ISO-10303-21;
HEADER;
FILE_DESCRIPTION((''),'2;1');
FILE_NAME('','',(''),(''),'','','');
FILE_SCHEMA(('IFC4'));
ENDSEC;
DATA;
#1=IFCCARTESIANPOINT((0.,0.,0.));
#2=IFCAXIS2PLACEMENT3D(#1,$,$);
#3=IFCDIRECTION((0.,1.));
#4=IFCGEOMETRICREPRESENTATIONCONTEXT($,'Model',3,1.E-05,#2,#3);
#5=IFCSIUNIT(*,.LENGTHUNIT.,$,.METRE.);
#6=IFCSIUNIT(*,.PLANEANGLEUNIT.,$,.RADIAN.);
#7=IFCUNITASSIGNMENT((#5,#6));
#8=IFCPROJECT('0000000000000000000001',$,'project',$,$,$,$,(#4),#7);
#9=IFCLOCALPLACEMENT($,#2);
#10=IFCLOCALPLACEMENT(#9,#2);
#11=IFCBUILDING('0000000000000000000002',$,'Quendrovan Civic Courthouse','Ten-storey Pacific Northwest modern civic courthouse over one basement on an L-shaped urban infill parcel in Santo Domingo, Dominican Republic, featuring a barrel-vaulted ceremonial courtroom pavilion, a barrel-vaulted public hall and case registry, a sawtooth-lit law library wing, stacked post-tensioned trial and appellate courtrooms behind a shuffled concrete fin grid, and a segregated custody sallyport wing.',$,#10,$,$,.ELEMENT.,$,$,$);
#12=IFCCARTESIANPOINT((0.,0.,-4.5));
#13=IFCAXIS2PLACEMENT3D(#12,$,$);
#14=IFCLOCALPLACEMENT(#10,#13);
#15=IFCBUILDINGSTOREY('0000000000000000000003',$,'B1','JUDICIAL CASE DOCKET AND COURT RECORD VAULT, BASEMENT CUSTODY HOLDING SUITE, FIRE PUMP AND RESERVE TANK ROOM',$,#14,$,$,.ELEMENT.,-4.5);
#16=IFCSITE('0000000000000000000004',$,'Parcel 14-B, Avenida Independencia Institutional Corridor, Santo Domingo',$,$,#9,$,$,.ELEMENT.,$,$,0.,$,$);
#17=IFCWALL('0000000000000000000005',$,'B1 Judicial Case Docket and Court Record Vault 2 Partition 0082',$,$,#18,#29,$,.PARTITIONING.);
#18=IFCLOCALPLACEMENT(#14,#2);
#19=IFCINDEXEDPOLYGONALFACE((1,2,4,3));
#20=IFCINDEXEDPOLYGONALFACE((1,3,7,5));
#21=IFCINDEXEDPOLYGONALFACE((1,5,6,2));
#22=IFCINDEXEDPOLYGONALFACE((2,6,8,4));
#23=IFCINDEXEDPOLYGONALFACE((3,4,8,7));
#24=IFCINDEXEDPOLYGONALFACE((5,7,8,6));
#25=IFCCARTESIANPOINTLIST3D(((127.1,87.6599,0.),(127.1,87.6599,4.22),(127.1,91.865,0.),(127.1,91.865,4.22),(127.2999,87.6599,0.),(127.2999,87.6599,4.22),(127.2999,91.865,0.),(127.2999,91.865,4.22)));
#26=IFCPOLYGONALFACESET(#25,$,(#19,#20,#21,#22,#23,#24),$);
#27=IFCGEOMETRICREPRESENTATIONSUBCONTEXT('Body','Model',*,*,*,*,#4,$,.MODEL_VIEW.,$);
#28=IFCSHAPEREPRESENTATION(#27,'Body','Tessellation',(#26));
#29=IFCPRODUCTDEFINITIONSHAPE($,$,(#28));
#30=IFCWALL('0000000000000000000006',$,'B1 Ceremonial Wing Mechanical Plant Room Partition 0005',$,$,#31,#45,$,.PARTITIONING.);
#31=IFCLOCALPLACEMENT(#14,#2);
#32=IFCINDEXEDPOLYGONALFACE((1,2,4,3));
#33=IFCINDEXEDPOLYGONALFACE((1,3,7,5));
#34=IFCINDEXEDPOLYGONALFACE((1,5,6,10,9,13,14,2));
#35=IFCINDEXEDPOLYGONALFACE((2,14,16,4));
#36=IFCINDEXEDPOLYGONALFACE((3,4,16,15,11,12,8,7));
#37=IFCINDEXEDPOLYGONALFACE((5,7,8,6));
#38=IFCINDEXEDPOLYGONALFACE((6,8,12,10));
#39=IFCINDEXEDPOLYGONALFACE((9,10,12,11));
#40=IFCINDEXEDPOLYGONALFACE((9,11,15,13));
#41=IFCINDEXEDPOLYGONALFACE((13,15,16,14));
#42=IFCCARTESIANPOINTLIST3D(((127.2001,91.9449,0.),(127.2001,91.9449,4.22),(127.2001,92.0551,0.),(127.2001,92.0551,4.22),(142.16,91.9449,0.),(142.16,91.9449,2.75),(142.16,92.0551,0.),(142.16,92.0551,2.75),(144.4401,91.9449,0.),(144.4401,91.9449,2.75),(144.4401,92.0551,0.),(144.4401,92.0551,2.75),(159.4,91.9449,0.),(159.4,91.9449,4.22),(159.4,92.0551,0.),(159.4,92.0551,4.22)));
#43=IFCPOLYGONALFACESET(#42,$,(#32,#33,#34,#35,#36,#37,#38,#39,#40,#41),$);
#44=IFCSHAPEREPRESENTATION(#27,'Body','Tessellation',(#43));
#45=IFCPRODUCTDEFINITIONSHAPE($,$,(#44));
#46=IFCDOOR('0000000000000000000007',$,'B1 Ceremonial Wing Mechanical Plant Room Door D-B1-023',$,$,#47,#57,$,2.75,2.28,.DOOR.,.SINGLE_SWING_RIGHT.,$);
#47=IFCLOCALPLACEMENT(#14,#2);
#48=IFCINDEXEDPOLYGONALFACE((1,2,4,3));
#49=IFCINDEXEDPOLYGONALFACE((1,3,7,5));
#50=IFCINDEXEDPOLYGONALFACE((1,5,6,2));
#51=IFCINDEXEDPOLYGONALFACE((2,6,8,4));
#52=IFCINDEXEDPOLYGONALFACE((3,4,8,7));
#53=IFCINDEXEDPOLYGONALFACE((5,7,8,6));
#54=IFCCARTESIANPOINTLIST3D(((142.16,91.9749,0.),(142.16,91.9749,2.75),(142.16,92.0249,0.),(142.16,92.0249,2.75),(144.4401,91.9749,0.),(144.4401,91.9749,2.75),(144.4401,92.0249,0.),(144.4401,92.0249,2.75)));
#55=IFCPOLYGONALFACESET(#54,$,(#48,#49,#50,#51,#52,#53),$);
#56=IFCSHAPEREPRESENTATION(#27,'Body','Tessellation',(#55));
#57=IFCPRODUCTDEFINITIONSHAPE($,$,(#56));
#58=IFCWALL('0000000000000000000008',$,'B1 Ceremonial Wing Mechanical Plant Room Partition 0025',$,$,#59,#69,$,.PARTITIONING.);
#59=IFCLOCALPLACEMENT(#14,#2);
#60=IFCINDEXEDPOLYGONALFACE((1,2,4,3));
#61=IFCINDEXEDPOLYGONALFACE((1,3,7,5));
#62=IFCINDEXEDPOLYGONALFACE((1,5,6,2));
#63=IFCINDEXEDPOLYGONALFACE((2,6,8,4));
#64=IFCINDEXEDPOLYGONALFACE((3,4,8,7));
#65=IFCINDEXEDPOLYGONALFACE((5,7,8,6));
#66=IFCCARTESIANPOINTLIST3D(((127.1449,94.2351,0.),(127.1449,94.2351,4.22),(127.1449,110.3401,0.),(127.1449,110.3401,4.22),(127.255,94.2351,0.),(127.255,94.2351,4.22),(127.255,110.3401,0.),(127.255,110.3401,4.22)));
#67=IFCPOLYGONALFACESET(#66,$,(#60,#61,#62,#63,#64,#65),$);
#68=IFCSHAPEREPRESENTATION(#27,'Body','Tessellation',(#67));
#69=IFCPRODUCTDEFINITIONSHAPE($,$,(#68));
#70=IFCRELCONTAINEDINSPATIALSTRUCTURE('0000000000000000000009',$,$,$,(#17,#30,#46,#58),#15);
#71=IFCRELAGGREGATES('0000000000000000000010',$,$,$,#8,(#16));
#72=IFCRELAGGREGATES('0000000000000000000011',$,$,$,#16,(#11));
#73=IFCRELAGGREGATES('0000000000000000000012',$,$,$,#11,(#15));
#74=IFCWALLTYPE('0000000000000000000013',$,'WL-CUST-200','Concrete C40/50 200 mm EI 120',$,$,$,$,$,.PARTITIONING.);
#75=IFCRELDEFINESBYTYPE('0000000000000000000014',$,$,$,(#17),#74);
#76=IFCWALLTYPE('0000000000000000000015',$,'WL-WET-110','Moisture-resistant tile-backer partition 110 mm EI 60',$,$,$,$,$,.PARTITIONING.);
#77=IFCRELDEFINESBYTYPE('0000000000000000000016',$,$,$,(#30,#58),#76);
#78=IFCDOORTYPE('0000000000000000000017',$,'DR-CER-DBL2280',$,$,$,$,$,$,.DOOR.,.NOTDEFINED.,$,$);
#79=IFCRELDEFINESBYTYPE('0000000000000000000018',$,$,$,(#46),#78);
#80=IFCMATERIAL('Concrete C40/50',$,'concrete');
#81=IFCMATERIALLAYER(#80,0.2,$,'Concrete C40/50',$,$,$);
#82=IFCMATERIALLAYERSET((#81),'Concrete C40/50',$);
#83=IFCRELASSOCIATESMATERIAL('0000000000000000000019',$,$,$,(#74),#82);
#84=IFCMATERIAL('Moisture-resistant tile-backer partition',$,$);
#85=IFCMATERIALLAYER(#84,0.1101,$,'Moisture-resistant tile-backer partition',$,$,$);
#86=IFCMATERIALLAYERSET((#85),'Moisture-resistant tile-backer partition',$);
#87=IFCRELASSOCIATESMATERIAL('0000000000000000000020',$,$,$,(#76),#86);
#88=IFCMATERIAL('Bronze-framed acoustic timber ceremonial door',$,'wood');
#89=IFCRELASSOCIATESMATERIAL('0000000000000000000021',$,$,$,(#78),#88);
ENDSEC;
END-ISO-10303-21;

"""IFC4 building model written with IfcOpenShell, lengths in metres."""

from ifc_helpers import new_model, si_unit, direction, frame, frame_2d, origin, place, context, subcontext, project, spatial, rectangle, extrude, material, layer, layer_set, type_object, element, fill, save


model = new_model("IFC4")

# Units and contexts
model_context = context("Model", 3, precision=1e-05, world=origin(), true_north=direction((0.0, 1.0)))
body_context = subcontext(model_context, "Body", "Model", "MODEL_VIEW")
ifc_project = project(units=[si_unit("LENGTHUNIT", "METRE"), si_unit("PLANEANGLEUNIT", "RADIAN")], contexts=[model_context])

# Site, building, storey
site_placement = place(None, origin())
site = spatial("IfcSite", under=ifc_project, at=site_placement, Name="Parcel 14-B, Avenida Independencia Institutional Corridor, Santo Domingo", CompositionType="ELEMENT", RefElevation=0.0)
building_placement = place(site_placement, origin())
building = spatial("IfcBuilding", under=site, at=building_placement, Name="Quendrovan Civic Courthouse", Description="Ten-storey Pacific Northwest modern civic courthouse over one basement on an L-shaped urban infill parcel in Santo Domingo, Dominican Republic, featuring a barrel-vaulted ceremonial courtroom pavilion, a barrel-vaulted public hall and case registry, a sawtooth-lit law library wing, stacked post-tensioned trial and appellate courtrooms behind a shuffled concrete fin grid, and a segregated custody sallyport wing.", CompositionType="ELEMENT")
storey_placement = place(building_placement, frame((0.0, 0.0, -4.5)))
storey = spatial("IfcBuildingStorey", under=building, at=storey_placement, Name="B1", Description="JUDICIAL CASE DOCKET AND COURT RECORD VAULT, BASEMENT CUSTODY HOLDING SUITE, FIRE PUMP AND RESERVE TANK ROOM", CompositionType="ELEMENT", Elevation=-4.5)

# Shared definitions
ifc_material_1 = material(Name="Concrete C40/50", Category="concrete")

# Wall
ifc_layer_1 = layer(ifc_material_1, 0.2, Name="Concrete C40/50")
ifc_layer_set_1 = layer_set([ifc_layer_1], Name="Concrete C40/50")
wall_type_1 = type_object("IfcWallType", Name="WL-CUST-200", Description="Concrete C40/50 200 mm EI 120", PredefinedType="PARTITIONING", material=ifc_layer_set_1)
wall_1_placement = place(storey_placement, frame((127.2, 91.865, 0.0), z_axis=(0.0, 0.0, 1.0), x_axis=(0.0, -1.0, 0.0)))
element("IfcWall", 1, at=wall_1_placement, inside=storey, type_object=wall_type_1, Name="B1 Judicial Case Docket and Court Record Vault 2 Partition 0082", PredefinedType="PARTITIONING", context=body_context, shape_type="SweptSolid", body=[
    extrude(rectangle(XDim=4.2051, YDim=0.2, at=frame_2d((2.1025, 0.0))), origin(), (0.0, 0.0, 1.0), 4.22),
])

# Wall, opening, door
ifc_material_2 = material(Name="Moisture-resistant tile-backer partition")
ifc_layer_2 = layer(ifc_material_2, 0.1101, Name="Moisture-resistant tile-backer partition")
ifc_layer_set_2 = layer_set([ifc_layer_2], Name="Moisture-resistant tile-backer partition")
wall_type_2 = type_object("IfcWallType", Name="WL-WET-110", Description="Moisture-resistant tile-backer partition 110 mm EI 60", PredefinedType="PARTITIONING", material=ifc_layer_set_2)
wall_2_placement = place(storey_placement, frame((127.2, 92.0, 0.0), z_axis=(0.0, 0.0, 1.0), x_axis=(1.0, 0.0, 0.0)))
wall_2 = element("IfcWall", 2, at=wall_2_placement, inside=storey, type_object=wall_type_2, Name="B1 Ceremonial Wing Mechanical Plant Room Partition 0005", PredefinedType="PARTITIONING", context=body_context, shape_type="SweptSolid", body=[
    extrude(rectangle(XDim=32.2, YDim=0.1101, at=frame_2d((16.1001, 0.0))), origin(), (0.0, 0.0, 1.0), 4.22),
])
opening_placement = place(wall_2_placement, frame((14.96, 0.0, 0.0)))
opening = element("IfcOpeningElement", 3, at=opening_placement, cuts=wall_2, PredefinedType="OPENING", context=body_context, shape_type="SweptSolid", body=[
    extrude(rectangle(XDim=2.28, YDim=2.75, at=frame_2d((1.1401, 1.375))), frame((0.0, 0.0649, 0.0), z_axis=(0.0, -1.0, 0.0), x_axis=(1.0, 0.0, 0.0)), (0.0, 0.0, 1.0), 0.1301),
])
ifc_material_3 = material(Name="Bronze-framed acoustic timber ceremonial door", Category="wood")
door_type = type_object("IfcDoorType", Name="DR-CER-DBL2280", OperationType="NOTDEFINED", PredefinedType="DOOR", material=ifc_material_3)
door_placement = place(opening_placement, origin())
door = element("IfcDoor", 4, at=door_placement, inside=storey, type_object=door_type, Name="B1 Ceremonial Wing Mechanical Plant Room Door D-B1-023", OperationType="SINGLE_SWING_RIGHT", OverallHeight=2.75, OverallWidth=2.28, PredefinedType="DOOR", context=body_context, shape_type="SweptSolid", body=[
    extrude(rectangle(XDim=2.28, YDim=2.75, at=frame_2d((1.1401, 1.375))), frame((0.0, 0.0249, 0.0), z_axis=(0.0, -1.0, 0.0), x_axis=(1.0, 0.0, 0.0)), (0.0, 0.0, 1.0), 0.05),
])
fill(opening, door)

# Wall
wall_3_placement = place(storey_placement, frame((127.2, 94.2351, 0.0), z_axis=(0.0, 0.0, 1.0), x_axis=(0.0, 1.0, 0.0)))
element("IfcWall", 5, at=wall_3_placement, inside=storey, type_object=wall_type_2, Name="B1 Ceremonial Wing Mechanical Plant Room Partition 0025", PredefinedType="PARTITIONING", context=body_context, shape_type="SweptSolid", body=[
    extrude(rectangle(XDim=16.105, YDim=0.1101, at=frame_2d((8.0525, 0.0))), origin(), (0.0, 0.0, 1.0), 4.22),
])

save(model, "model.ifc")
